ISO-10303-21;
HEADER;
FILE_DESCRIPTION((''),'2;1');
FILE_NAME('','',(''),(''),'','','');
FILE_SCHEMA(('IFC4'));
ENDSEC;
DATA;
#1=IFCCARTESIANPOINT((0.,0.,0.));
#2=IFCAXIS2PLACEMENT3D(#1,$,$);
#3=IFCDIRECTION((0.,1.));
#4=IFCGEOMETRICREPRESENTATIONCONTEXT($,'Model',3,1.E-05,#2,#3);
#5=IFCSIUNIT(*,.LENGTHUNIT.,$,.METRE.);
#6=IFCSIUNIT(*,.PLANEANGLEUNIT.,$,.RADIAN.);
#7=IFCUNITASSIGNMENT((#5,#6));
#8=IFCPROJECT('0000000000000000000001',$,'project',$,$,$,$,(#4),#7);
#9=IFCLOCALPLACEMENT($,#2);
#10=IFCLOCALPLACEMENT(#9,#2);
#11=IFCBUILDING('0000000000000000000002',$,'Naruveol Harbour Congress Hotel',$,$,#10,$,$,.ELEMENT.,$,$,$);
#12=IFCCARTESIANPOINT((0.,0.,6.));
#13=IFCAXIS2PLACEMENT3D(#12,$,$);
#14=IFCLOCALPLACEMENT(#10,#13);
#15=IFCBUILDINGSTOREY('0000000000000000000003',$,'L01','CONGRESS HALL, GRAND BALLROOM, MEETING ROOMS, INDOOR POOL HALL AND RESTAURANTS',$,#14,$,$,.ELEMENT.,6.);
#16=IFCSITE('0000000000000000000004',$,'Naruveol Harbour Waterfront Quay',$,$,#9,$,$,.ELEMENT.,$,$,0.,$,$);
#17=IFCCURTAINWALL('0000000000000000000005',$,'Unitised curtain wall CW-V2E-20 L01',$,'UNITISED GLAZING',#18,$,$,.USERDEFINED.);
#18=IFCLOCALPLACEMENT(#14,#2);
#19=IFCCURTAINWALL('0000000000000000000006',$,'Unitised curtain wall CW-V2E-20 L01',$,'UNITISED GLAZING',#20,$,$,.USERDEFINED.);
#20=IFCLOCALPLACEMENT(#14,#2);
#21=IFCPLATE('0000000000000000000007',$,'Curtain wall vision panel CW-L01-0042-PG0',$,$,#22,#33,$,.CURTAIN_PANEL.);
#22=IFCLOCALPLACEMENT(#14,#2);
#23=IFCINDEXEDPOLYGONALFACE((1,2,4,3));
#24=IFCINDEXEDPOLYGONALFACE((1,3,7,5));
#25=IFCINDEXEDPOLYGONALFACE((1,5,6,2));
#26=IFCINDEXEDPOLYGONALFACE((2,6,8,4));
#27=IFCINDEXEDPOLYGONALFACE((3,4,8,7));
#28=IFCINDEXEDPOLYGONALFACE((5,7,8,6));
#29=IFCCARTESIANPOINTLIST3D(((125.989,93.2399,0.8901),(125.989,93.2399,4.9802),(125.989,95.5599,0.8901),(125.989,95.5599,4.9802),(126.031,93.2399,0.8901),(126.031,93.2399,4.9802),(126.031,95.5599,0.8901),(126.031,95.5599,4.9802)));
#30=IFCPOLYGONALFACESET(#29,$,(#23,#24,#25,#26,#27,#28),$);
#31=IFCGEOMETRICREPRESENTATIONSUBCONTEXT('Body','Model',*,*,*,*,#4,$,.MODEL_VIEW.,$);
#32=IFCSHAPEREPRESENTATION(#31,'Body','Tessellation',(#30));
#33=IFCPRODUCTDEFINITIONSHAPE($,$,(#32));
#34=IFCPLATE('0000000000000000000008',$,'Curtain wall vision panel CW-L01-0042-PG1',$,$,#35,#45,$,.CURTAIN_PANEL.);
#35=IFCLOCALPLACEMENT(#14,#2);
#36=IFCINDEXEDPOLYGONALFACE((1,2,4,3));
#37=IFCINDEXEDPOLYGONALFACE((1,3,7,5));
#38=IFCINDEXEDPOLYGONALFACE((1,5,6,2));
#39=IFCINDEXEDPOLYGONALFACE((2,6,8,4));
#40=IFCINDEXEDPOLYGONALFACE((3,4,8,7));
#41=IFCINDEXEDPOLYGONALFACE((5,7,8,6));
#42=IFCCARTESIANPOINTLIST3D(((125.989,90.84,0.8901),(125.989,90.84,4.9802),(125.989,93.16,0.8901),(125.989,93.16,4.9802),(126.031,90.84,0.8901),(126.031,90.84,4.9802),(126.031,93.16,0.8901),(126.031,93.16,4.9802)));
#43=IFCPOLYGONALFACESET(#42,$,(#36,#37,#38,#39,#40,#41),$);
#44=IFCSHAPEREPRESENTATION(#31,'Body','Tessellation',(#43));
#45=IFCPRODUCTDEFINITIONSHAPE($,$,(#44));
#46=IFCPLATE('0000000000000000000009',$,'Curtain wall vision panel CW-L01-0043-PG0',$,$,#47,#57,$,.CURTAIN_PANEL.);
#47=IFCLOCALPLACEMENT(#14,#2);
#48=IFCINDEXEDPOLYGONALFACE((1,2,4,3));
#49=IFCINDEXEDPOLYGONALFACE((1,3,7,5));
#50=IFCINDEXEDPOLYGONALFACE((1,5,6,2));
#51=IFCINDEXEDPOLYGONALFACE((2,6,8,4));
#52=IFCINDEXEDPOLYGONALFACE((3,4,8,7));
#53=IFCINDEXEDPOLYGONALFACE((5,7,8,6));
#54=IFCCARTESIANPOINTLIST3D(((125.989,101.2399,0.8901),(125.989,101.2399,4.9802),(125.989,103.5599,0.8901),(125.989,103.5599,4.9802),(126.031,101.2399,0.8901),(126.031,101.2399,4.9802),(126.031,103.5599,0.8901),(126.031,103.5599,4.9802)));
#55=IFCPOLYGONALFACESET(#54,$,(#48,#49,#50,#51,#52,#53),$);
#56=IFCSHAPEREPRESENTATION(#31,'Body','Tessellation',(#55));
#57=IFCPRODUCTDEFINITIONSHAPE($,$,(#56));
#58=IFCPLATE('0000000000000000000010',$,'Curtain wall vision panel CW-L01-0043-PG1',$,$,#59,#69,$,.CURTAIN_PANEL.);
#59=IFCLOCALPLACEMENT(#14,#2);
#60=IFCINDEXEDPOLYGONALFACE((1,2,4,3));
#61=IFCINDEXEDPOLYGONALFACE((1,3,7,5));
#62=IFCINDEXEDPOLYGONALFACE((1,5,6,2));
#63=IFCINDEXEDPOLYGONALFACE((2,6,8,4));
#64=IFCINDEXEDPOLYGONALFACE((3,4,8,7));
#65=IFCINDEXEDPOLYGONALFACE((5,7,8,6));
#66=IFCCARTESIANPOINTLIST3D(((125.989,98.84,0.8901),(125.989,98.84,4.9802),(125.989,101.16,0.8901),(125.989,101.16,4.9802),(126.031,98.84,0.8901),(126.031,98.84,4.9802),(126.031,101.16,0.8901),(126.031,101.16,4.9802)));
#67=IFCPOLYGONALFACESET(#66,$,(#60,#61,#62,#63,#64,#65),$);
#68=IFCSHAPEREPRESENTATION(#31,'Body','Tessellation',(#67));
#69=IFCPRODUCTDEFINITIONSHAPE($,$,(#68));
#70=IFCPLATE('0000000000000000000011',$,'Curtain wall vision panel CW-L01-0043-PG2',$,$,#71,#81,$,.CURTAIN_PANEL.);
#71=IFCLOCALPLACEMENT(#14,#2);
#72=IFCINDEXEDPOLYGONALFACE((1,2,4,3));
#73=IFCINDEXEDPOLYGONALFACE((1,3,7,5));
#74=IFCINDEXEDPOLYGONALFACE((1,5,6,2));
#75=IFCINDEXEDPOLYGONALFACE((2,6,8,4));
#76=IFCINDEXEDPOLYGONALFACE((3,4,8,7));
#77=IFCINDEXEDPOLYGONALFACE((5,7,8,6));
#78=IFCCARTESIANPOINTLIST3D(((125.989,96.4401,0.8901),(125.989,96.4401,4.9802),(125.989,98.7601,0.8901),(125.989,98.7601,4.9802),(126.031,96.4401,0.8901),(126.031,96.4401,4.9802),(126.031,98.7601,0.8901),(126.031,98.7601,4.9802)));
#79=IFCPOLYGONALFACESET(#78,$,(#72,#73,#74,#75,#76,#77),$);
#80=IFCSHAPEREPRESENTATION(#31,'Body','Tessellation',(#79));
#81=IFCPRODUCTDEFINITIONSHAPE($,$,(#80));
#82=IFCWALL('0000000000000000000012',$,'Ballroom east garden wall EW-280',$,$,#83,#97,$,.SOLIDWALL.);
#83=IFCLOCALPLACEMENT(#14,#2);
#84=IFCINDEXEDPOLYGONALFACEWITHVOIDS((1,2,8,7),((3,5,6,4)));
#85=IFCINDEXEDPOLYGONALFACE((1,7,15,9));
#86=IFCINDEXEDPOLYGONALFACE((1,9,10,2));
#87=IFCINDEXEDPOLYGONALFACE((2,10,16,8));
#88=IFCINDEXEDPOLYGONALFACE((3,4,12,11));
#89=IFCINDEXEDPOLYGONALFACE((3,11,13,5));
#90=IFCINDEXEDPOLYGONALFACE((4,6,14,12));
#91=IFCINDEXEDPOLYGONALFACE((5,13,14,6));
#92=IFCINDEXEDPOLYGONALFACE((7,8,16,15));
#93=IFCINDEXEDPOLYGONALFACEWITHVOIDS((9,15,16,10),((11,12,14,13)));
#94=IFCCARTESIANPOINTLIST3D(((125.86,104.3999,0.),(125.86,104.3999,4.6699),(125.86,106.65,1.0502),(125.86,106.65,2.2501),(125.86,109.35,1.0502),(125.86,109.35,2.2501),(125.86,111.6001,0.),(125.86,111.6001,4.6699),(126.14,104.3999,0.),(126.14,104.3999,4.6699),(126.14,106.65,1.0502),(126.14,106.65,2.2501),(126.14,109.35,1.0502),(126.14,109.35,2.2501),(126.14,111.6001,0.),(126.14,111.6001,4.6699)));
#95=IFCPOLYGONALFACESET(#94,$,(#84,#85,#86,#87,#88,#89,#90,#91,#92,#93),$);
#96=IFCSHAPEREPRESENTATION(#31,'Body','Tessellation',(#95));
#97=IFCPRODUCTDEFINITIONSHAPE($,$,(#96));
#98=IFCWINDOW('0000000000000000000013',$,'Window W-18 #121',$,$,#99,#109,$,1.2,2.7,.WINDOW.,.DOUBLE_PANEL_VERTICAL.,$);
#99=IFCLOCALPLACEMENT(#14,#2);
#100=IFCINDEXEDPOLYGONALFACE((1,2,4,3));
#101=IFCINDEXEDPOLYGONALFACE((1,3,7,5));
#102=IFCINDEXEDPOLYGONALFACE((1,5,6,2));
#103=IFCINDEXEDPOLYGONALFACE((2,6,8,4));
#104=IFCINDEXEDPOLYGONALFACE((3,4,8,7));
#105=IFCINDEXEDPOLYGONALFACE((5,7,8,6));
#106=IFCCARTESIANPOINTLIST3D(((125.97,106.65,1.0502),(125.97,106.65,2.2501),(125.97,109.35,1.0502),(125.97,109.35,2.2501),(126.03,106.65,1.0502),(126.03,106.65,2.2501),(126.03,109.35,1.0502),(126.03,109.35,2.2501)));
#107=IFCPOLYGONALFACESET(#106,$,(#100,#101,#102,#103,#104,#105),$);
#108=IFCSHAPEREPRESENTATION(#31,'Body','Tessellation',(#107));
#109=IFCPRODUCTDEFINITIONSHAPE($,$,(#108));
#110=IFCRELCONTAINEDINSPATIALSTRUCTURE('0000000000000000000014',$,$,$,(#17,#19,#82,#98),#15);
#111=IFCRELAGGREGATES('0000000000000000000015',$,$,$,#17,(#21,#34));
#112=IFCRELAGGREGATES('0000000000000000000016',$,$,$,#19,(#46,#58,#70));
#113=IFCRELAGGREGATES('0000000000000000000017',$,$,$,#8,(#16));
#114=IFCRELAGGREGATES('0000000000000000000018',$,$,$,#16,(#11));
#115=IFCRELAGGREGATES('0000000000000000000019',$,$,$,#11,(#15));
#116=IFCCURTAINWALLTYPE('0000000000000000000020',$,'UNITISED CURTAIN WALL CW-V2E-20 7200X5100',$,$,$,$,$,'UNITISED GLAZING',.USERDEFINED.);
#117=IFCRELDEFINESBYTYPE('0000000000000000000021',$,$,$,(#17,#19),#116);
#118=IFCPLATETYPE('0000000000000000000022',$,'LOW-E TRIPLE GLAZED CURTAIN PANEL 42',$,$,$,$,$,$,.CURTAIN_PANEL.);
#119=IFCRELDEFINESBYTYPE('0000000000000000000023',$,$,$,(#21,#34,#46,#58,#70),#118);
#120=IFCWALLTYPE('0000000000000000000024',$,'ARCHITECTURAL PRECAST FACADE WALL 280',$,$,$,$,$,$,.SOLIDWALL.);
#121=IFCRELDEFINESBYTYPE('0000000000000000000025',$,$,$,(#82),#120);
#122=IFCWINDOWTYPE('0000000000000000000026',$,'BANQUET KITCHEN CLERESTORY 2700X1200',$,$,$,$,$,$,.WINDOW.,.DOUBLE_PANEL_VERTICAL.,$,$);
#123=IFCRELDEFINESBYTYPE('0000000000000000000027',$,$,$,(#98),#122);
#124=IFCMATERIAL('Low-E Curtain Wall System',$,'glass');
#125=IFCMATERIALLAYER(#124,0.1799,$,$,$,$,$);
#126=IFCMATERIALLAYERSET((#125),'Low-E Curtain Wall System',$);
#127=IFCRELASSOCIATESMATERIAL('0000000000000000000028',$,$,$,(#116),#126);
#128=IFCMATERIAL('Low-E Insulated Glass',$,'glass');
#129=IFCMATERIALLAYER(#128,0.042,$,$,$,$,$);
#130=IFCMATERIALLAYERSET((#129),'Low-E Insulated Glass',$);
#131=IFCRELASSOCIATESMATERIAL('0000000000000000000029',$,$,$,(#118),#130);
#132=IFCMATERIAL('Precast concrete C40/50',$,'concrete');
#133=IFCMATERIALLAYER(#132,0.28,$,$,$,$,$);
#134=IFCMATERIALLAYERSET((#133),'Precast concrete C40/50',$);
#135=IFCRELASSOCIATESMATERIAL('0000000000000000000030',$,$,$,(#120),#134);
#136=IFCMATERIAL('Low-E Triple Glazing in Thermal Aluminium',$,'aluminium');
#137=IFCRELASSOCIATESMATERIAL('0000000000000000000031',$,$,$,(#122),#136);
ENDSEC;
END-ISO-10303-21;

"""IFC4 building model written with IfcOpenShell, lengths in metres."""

from ifc_helpers import new_model, si_unit, direction, frame, frame_2d, origin, origin_2d, place, context, subcontext, project, spatial, rectangle, extrude, material, layer, layer_set, type_object, element, fill, aggregate, save


model = new_model("IFC4")

# Units and contexts
model_context = context("Model", 3, precision=1e-05, world=origin(), true_north=direction((0.0, 1.0)))
body_context = subcontext(model_context, "Body", "Model", "MODEL_VIEW")
ifc_project = project(units=[si_unit("LENGTHUNIT", "METRE"), si_unit("PLANEANGLEUNIT", "RADIAN")], contexts=[model_context])

# Site, building, storey
site_placement = place(None, origin())
site = spatial("IfcSite", under=ifc_project, at=site_placement, Name="Naruveol Harbour Waterfront Quay", CompositionType="ELEMENT", RefElevation=0.0)
building_placement = place(site_placement, origin())
building = spatial("IfcBuilding", under=site, at=building_placement, Name="Naruveol Harbour Congress Hotel", CompositionType="ELEMENT")
storey_placement = place(building_placement, frame((0.0, 0.0, 6.0)))
storey = spatial("IfcBuildingStorey", under=building, at=storey_placement, Name="L01", Description="CONGRESS HALL, GRAND BALLROOM, MEETING ROOMS, INDOOR POOL HALL AND RESTAURANTS", CompositionType="ELEMENT", Elevation=6.0)

# Curtain walls
ifc_material_1 = material(Name="Low-E Curtain Wall System", Category="glass")
ifc_layer_1 = layer(ifc_material_1, 0.1799)
ifc_layer_set_1 = layer_set([ifc_layer_1], Name="Low-E Curtain Wall System")
curtain_wall_type = type_object("IfcCurtainWallType", Name="UNITISED CURTAIN WALL CW-V2E-20 7200X5100", ElementType="UNITISED GLAZING", PredefinedType="USERDEFINED", material=ifc_layer_set_1)
curtain_wall_1_placement = place(storey_placement, origin())
curtain_wall_1 = element("IfcCurtainWall", 1, at=curtain_wall_1_placement, inside=storey, type_object=curtain_wall_type, Name="Unitised curtain wall CW-V2E-20 L01", ObjectType="UNITISED GLAZING", PredefinedType="USERDEFINED")
curtain_wall_2_placement = place(storey_placement, origin())
curtain_wall_2 = element("IfcCurtainWall", 2, at=curtain_wall_2_placement, inside=storey, type_object=curtain_wall_type, Name="Unitised curtain wall CW-V2E-20 L01", ObjectType="UNITISED GLAZING", PredefinedType="USERDEFINED")

# Plates
ifc_material_2 = material(Name="Low-E Insulated Glass", Category="glass")
ifc_layer_2 = layer(ifc_material_2, 0.042)
ifc_layer_set_2 = layer_set([ifc_layer_2], Name="Low-E Insulated Glass")
plate_type_1 = type_object("IfcPlateType", Name="LOW-E TRIPLE GLAZED CURTAIN PANEL 42", PredefinedType="CURTAIN_PANEL", material=ifc_layer_set_2)
plate_1_placement = place(storey_placement, frame((126.01, 94.3999, 0.8901), z_axis=(0.0, 0.0, 1.0), x_axis=(0.0, -1.0, 0.0)))
plate_1 = element("IfcPlate", 3, at=plate_1_placement, type_object=plate_type_1, Name="Curtain wall vision panel CW-L01-0042-PG0", PredefinedType="CURTAIN_PANEL", context=body_context, shape_type="SweptSolid", body=[
    extrude(rectangle(XDim=2.3201, YDim=0.042, at=origin_2d()), origin(), (0.0, 0.0, 1.0), 4.0901),
])
plate_2_placement = place(storey_placement, frame((126.01, 92.0, 0.8901), z_axis=(0.0, 0.0, 1.0), x_axis=(0.0, -1.0, 0.0)))
plate_2 = element("IfcPlate", 4, at=plate_2_placement, type_object=plate_type_1, Name="Curtain wall vision panel CW-L01-0042-PG1", PredefinedType="CURTAIN_PANEL", context=body_context, shape_type="SweptSolid", body=[
    extrude(rectangle(XDim=2.3201, YDim=0.042, at=origin_2d()), origin(), (0.0, 0.0, 1.0), 4.0901),
])
aggregate(curtain_wall_1, [plate_1, plate_2])
plate_3_placement = place(storey_placement, frame((126.01, 102.3999, 0.8901), z_axis=(0.0, 0.0, 1.0), x_axis=(0.0, -1.0, 0.0)))
plate_3 = element("IfcPlate", 5, at=plate_3_placement, type_object=plate_type_1, Name="Curtain wall vision panel CW-L01-0043-PG0", PredefinedType="CURTAIN_PANEL", context=body_context, shape_type="SweptSolid", body=[
    extrude(rectangle(XDim=2.3201, YDim=0.042, at=origin_2d()), origin(), (0.0, 0.0, 1.0), 4.0901),
])
plate_4_placement = place(storey_placement, frame((126.01, 100.0, 0.8901), z_axis=(0.0, 0.0, 1.0), x_axis=(0.0, -1.0, 0.0)))
plate_4 = element("IfcPlate", 6, at=plate_4_placement, type_object=plate_type_1, Name="Curtain wall vision panel CW-L01-0043-PG1", PredefinedType="CURTAIN_PANEL", context=body_context, shape_type="SweptSolid", body=[
    extrude(rectangle(XDim=2.3201, YDim=0.042, at=origin_2d()), origin(), (0.0, 0.0, 1.0), 4.0901),
])
plate_5_placement = place(storey_placement, frame((126.01, 97.6001, 0.8901), z_axis=(0.0, 0.0, 1.0), x_axis=(0.0, -1.0, 0.0)))
plate_5 = element("IfcPlate", 7, at=plate_5_placement, type_object=plate_type_1, Name="Curtain wall vision panel CW-L01-0043-PG2", PredefinedType="CURTAIN_PANEL", context=body_context, shape_type="SweptSolid", body=[
    extrude(rectangle(XDim=2.3201, YDim=0.042, at=origin_2d()), origin(), (0.0, 0.0, 1.0), 4.0901),
])
aggregate(curtain_wall_2, [plate_3, plate_4, plate_5])

# Wall, opening, window
ifc_material_3 = material(Name="Precast concrete C40/50", Category="concrete")
ifc_layer_3 = layer(ifc_material_3, 0.28)
ifc_layer_set_3 = layer_set([ifc_layer_3], Name="Precast concrete C40/50")
wall_type = type_object("IfcWallType", Name="ARCHITECTURAL PRECAST FACADE WALL 280", PredefinedType="SOLIDWALL", material=ifc_layer_set_3)
wall_placement = place(storey_placement, frame((126.0, 111.6001, 0.0), z_axis=(0.0, 0.0, 1.0), x_axis=(0.0, -1.0, 0.0)))
wall = element("IfcWall", 8, at=wall_placement, inside=storey, type_object=wall_type, Name="Ballroom east garden wall EW-280", PredefinedType="SOLIDWALL", context=body_context, shape_type="SweptSolid", body=[
    extrude(rectangle(XDim=7.2002, YDim=0.28, at=frame_2d((3.6001, 0.0))), origin(), (0.0, 0.0, 1.0), 4.6699),
])
opening_placement = place(wall_placement, frame((2.25, 0.0, 1.05)))
opening = element("IfcOpeningElement", 9, at=opening_placement, cuts=wall, PredefinedType="OPENING", context=body_context, shape_type="SweptSolid", body=[
    extrude(rectangle(XDim=2.7, YDim=1.2, at=frame_2d((1.3501, 0.6001))), frame((0.0, 0.1499, 0.0), z_axis=(0.0, -1.0, 0.0), x_axis=(1.0, 0.0, 0.0)), (0.0, 0.0, 1.0), 0.3),
])
ifc_material_4 = material(Name="Low-E Triple Glazing in Thermal Aluminium", Category="aluminium")
window_type = type_object("IfcWindowType", Name="BANQUET KITCHEN CLERESTORY 2700X1200", PartitioningType="DOUBLE_PANEL_VERTICAL", PredefinedType="WINDOW", material=ifc_material_4)
window_placement = place(opening_placement, origin())
window = element("IfcWindow", 10, at=window_placement, inside=storey, type_object=window_type, Name="Window W-18 #121", OverallHeight=1.2, OverallWidth=2.7, PartitioningType="DOUBLE_PANEL_VERTICAL", PredefinedType="WINDOW", context=body_context, shape_type="SweptSolid", body=[
    extrude(rectangle(XDim=2.7, YDim=1.2, at=frame_2d((1.3501, 0.6001))), frame((0.0, 0.03, 0.0), z_axis=(0.0, -1.0, 0.0), x_axis=(1.0, 0.0, 0.0)), (0.0, 0.0, 1.0), 0.0601),
])
fill(opening, window)

save(model, "model.ifc")
